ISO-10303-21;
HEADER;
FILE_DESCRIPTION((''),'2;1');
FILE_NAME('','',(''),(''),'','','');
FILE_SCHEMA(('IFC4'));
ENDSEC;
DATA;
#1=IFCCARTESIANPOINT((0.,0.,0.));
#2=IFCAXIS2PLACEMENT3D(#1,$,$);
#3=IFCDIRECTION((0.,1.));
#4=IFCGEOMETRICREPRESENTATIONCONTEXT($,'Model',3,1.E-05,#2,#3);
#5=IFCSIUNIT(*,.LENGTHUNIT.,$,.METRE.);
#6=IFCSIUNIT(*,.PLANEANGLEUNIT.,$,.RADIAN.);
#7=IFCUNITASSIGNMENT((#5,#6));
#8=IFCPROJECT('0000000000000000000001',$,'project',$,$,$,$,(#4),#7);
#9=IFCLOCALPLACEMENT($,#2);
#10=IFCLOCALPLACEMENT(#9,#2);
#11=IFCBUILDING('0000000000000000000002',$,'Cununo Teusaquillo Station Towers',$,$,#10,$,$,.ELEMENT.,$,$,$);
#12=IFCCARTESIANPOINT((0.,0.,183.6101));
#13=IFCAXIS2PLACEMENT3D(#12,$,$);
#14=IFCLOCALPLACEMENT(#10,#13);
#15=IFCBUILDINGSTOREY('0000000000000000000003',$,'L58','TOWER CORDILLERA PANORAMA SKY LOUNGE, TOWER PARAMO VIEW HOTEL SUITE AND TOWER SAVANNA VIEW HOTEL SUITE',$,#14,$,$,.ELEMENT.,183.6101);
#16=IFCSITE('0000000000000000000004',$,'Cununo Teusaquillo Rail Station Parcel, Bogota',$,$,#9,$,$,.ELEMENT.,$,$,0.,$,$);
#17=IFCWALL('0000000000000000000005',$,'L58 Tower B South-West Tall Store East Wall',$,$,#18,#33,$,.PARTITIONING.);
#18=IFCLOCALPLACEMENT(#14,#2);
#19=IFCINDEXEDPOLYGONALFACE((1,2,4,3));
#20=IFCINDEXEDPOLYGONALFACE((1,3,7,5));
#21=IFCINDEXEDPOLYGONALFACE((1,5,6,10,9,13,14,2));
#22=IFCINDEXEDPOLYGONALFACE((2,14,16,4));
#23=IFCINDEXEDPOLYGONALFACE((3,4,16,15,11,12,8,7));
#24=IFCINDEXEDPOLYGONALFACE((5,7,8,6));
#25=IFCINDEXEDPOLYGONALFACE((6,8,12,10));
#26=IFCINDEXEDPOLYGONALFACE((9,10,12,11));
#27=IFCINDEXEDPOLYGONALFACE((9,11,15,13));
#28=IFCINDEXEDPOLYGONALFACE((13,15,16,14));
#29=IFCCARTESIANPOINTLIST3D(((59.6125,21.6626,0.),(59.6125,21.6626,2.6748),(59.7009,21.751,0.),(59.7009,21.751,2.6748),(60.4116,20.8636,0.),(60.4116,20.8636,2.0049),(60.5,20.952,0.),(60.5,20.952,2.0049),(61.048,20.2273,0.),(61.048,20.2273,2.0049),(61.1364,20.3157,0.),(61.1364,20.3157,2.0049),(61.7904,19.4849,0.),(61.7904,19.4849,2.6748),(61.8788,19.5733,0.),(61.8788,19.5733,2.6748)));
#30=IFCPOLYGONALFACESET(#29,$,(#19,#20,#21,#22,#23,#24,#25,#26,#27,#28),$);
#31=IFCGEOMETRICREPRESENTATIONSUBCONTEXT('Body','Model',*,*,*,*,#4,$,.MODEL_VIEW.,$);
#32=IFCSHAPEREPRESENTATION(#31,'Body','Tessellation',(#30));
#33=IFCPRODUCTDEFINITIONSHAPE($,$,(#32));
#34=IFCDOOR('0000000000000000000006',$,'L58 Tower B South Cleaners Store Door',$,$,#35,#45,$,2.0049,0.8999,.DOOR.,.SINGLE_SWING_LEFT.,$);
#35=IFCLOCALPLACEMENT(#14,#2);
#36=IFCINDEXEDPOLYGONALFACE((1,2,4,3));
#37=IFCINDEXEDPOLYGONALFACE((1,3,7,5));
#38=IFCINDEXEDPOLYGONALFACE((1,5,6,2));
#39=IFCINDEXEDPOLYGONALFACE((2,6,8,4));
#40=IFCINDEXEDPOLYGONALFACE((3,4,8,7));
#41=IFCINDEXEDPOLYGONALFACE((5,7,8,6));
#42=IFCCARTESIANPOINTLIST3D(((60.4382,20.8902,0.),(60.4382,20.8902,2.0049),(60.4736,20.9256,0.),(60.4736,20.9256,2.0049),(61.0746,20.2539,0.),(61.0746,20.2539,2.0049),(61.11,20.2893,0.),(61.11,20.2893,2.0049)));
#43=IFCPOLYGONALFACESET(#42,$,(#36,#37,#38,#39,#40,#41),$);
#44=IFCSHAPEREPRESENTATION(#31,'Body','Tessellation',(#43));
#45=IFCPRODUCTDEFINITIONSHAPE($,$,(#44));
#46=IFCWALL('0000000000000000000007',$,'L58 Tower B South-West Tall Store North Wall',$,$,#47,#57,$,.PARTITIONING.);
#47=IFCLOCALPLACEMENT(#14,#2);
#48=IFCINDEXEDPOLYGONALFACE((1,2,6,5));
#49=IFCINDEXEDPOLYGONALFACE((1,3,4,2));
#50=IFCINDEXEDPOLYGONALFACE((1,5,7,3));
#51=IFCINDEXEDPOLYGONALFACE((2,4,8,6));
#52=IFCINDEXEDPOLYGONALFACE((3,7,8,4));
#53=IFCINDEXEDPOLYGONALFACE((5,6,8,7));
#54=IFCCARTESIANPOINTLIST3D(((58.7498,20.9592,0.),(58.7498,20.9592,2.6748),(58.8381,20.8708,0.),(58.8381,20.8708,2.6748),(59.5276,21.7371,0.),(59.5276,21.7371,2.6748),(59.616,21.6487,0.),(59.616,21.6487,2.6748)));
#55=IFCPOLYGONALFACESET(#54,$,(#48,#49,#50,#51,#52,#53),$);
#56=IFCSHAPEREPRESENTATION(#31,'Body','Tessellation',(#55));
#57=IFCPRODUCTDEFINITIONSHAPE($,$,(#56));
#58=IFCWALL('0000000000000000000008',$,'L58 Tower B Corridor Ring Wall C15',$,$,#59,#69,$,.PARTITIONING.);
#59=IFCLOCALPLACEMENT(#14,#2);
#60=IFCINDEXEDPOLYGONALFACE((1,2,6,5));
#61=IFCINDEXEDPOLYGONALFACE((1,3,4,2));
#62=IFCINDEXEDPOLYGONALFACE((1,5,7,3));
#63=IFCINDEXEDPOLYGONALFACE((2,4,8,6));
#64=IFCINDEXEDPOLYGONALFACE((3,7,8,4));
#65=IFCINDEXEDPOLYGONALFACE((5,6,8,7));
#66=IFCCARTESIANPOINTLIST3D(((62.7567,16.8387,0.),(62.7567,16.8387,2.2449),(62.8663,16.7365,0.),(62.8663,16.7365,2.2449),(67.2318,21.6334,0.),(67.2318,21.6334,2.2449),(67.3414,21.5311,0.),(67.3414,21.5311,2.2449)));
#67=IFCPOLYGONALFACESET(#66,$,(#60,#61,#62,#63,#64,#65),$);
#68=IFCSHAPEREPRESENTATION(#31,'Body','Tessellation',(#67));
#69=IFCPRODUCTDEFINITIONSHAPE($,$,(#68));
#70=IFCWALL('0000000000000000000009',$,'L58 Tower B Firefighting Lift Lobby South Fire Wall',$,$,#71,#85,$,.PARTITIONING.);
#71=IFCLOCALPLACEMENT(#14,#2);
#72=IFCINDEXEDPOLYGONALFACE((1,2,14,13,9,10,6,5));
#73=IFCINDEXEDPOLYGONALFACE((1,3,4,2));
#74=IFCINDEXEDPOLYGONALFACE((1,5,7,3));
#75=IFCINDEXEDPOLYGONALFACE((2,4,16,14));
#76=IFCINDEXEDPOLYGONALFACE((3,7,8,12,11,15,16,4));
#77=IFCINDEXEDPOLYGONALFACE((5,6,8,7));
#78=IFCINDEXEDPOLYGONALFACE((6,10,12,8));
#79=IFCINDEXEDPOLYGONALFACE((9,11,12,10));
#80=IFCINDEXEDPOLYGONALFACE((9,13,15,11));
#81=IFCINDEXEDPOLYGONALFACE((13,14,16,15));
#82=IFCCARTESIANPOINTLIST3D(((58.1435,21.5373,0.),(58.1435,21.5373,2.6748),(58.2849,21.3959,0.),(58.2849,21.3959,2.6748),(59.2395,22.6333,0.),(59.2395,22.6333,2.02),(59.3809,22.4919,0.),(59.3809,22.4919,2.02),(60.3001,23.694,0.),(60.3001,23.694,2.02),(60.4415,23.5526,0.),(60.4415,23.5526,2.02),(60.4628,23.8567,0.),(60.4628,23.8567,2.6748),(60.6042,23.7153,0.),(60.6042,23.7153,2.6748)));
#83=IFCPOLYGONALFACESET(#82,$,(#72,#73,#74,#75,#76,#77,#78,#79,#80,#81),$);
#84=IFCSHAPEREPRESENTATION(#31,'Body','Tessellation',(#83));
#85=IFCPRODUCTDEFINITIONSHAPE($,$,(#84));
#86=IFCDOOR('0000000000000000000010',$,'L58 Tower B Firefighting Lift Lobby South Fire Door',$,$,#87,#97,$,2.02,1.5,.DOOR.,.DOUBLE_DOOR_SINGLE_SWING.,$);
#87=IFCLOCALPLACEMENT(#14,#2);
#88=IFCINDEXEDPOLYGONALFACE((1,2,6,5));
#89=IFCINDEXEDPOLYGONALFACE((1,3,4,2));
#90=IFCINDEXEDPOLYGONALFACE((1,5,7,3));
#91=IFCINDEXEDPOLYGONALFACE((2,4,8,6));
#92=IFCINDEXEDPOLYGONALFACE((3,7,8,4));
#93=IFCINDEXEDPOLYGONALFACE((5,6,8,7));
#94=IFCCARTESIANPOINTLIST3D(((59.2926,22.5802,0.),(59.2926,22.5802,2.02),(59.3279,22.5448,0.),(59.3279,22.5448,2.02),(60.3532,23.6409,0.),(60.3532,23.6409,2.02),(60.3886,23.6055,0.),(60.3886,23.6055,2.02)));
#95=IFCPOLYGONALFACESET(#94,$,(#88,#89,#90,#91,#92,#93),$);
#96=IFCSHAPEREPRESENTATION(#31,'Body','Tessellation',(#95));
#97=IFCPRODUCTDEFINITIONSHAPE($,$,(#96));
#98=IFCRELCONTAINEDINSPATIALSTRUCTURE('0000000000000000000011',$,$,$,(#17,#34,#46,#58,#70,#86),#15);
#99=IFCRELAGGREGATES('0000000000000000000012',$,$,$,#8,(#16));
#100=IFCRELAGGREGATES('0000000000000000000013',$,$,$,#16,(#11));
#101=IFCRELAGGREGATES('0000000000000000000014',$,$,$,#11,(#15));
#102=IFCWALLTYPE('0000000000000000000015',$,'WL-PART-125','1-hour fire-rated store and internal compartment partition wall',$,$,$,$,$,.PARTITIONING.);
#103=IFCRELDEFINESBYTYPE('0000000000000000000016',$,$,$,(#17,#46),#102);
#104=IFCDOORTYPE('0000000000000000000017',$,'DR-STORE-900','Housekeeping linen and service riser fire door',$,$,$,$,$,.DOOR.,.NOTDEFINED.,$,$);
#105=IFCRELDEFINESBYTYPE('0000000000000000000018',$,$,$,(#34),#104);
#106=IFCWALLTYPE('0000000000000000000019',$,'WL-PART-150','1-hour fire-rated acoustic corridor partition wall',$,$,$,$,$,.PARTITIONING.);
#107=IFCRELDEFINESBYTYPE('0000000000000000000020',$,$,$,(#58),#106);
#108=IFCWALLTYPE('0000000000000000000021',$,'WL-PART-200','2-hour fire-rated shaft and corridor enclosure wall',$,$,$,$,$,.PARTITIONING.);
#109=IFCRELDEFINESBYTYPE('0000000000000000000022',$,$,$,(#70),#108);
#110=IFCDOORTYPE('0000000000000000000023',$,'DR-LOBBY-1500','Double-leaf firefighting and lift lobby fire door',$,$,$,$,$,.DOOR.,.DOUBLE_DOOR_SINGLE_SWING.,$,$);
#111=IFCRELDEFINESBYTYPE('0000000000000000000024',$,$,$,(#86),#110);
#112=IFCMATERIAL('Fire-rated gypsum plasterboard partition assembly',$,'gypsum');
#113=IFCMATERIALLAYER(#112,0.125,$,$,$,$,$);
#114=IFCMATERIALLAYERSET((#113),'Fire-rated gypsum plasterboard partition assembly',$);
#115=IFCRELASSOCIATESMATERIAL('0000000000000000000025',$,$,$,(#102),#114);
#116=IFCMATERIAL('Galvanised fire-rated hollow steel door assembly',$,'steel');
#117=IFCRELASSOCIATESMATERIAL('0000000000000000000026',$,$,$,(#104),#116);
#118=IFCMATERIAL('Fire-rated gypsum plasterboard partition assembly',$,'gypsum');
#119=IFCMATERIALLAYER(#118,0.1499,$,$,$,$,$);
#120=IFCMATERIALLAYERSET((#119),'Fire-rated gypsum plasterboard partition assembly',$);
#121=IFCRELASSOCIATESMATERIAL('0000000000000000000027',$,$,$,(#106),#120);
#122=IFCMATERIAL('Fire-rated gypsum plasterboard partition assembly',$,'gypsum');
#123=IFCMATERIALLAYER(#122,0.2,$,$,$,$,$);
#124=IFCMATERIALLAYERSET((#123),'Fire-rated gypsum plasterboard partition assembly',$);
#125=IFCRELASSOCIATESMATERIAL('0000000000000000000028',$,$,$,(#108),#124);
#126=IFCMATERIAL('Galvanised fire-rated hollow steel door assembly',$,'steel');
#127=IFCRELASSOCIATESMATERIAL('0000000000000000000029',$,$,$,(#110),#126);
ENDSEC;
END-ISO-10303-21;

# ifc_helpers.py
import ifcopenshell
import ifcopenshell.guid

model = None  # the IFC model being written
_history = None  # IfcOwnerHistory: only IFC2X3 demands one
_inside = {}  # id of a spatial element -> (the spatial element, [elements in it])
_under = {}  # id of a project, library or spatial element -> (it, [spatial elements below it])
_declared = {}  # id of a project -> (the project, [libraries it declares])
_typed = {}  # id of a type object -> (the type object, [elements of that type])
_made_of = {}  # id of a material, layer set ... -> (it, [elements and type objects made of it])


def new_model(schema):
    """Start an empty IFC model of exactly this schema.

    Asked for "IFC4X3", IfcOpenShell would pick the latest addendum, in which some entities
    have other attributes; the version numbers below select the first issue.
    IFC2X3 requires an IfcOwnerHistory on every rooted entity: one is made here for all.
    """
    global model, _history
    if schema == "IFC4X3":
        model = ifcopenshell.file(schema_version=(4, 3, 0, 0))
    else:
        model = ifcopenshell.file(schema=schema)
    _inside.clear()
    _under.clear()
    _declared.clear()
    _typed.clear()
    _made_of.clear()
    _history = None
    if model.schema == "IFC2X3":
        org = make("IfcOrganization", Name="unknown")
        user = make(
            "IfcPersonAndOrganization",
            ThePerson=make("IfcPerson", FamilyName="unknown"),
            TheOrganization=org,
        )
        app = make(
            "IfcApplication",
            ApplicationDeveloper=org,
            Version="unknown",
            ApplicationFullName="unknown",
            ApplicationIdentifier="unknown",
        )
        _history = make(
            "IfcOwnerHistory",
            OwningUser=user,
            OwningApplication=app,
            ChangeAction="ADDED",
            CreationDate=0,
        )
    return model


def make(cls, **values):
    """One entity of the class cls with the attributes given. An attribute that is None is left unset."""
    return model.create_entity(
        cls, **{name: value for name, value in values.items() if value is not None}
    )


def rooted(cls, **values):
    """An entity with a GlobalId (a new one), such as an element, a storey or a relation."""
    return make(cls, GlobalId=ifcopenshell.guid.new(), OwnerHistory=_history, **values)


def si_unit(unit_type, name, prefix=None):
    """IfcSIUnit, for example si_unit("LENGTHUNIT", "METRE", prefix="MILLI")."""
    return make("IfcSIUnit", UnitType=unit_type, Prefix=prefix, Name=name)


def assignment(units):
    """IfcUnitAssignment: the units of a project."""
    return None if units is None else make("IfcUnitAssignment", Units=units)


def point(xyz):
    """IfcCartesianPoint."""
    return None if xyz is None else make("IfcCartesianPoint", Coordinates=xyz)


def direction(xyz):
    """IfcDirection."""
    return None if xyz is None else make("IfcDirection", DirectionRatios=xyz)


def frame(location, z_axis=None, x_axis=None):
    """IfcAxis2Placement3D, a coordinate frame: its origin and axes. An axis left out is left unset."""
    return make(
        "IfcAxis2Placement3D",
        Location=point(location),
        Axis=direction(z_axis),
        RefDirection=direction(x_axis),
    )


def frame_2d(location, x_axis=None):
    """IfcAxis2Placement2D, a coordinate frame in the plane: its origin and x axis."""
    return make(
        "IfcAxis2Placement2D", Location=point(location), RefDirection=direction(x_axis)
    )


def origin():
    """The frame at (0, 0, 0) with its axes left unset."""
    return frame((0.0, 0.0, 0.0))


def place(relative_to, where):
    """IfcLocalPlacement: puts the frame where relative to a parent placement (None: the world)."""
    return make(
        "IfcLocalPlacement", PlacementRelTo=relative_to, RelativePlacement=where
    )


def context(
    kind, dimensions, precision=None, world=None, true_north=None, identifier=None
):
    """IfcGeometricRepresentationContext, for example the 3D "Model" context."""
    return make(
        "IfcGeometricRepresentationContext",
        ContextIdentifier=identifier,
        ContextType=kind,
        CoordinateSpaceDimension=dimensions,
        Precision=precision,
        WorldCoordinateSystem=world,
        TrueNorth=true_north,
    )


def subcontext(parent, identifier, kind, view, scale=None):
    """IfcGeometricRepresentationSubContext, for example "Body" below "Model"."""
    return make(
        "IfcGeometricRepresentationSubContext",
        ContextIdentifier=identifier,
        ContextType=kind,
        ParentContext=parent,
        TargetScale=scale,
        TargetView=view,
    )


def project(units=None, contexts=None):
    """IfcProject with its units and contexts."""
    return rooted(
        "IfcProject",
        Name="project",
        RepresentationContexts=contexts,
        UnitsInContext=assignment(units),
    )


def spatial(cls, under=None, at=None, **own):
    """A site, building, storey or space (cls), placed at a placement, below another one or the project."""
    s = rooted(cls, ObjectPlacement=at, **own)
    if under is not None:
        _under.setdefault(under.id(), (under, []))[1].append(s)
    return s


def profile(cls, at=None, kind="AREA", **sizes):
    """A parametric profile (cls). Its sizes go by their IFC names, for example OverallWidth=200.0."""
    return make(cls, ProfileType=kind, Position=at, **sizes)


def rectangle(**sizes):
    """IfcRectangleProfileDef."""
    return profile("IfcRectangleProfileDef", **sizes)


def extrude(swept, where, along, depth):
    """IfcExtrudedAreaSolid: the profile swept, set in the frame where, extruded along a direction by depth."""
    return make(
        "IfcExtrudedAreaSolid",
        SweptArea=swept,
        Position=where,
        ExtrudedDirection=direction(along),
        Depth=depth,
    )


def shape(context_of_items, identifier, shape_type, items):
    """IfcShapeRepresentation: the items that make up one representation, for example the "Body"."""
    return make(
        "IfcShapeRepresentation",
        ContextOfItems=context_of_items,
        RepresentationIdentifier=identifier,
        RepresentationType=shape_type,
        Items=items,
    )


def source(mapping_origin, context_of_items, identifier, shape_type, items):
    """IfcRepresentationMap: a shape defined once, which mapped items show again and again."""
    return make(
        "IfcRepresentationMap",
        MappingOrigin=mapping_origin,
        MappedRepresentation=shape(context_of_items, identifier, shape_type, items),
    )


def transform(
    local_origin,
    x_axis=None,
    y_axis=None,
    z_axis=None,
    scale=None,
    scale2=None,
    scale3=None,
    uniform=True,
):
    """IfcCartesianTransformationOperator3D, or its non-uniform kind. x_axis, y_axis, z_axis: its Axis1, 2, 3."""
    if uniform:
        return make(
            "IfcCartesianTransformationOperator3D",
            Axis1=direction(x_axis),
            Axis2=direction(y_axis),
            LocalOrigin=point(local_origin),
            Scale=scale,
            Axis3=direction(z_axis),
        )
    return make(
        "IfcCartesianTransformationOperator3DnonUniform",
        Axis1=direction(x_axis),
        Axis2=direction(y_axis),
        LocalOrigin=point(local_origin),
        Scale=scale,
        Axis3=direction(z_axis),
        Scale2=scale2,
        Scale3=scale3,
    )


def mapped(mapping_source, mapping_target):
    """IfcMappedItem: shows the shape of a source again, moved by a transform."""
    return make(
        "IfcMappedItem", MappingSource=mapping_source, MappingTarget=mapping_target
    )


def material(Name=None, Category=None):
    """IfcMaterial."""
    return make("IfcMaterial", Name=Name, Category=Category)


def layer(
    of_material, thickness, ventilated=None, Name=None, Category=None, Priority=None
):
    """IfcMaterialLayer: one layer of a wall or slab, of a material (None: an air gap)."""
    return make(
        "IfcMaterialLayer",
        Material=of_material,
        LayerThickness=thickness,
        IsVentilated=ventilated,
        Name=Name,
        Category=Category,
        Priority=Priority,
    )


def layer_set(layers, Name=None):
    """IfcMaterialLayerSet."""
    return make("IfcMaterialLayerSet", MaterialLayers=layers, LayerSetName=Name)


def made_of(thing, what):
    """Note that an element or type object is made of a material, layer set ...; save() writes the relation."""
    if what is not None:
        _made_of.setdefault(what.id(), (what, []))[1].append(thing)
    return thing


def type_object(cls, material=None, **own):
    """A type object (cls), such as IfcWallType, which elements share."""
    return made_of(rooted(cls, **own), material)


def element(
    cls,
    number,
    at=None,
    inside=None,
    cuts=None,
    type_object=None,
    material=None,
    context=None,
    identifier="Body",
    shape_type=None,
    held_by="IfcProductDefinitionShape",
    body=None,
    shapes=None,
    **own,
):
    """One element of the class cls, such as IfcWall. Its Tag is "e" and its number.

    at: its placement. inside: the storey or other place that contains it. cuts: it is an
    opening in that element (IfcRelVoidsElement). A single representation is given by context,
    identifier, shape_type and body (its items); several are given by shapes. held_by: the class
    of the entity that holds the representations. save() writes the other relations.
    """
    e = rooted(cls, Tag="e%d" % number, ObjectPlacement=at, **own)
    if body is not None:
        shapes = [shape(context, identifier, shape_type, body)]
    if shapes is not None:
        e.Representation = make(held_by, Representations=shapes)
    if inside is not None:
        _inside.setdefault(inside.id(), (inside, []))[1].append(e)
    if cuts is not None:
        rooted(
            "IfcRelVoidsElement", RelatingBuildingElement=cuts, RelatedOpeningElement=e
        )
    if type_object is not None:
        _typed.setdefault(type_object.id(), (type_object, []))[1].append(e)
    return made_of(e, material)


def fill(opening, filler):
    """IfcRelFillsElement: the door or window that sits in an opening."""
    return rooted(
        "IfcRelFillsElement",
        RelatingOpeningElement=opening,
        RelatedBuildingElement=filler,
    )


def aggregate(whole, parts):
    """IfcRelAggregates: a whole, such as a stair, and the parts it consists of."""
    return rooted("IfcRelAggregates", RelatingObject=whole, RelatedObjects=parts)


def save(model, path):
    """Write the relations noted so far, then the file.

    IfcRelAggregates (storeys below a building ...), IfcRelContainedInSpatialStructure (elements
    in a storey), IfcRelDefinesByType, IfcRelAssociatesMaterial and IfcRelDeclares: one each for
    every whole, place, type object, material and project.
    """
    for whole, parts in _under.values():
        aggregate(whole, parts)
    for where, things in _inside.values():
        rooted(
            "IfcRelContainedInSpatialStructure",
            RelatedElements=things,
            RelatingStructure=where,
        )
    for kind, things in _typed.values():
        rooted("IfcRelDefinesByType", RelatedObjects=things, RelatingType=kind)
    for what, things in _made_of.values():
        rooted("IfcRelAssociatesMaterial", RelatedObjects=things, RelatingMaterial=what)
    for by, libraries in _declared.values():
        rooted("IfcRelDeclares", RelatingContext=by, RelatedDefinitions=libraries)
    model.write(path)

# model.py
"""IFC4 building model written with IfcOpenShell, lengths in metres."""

from ifc_helpers import new_model, si_unit, direction, frame, frame_2d, origin, place, context, subcontext, project, spatial, rectangle, extrude, source, transform, mapped, material, layer, layer_set, type_object, element, fill, save


model = new_model("IFC4")

# Units and contexts
model_context = context("Model", 3, precision=1e-05, world=origin(), true_north=direction((0.0, 1.0)))
body_context = subcontext(model_context, "Body", "Model", "MODEL_VIEW")
ifc_project = project(units=[si_unit("LENGTHUNIT", "METRE"), si_unit("PLANEANGLEUNIT", "RADIAN")], contexts=[model_context])

# Site, building, storey
site_placement = place(None, origin())
site = spatial("IfcSite", under=ifc_project, at=site_placement, Name="Cununo Teusaquillo Rail Station Parcel, Bogota", CompositionType="ELEMENT", RefElevation=0.0)
building_placement = place(site_placement, origin())
building = spatial("IfcBuilding", under=site, at=building_placement, Name="Cununo Teusaquillo Station Towers", CompositionType="ELEMENT")
storey_placement = place(building_placement, frame((0.0, 0.0, 183.6101)))
storey = spatial("IfcBuildingStorey", under=building, at=storey_placement, Name="L58", Description="TOWER CORDILLERA PANORAMA SKY LOUNGE, TOWER PARAMO VIEW HOTEL SUITE AND TOWER SAVANNA VIEW HOTEL SUITE", CompositionType="ELEMENT", Elevation=183.6101)

# Wall, opening, door
ifc_material_1 = material(Name="Fire-rated gypsum plasterboard partition assembly", Category="gypsum")
ifc_layer_1 = layer(ifc_material_1, 0.125)
ifc_layer_set_1 = layer_set([ifc_layer_1], Name="Fire-rated gypsum plasterboard partition assembly")
wall_type_1 = type_object("IfcWallType", Name="WL-PART-125", Description="1-hour fire-rated store and internal compartment partition wall", PredefinedType="PARTITIONING", material=ifc_layer_set_1)
wall_1_placement = place(storey_placement, frame((61.8347, 19.5291, 0.0), z_axis=(0.0, 0.0, 1.0), x_axis=(-0.707146, 0.707067, 0.0)))
wall_1 = element("IfcWall", 1, at=wall_1_placement, inside=storey, type_object=wall_type_1, Name="L58 Tower B South-West Tall Store East Wall", PredefinedType="PARTITIONING", context=body_context, shape_type="SweptSolid", body=[
    extrude(rectangle(XDim=3.0798, YDim=0.125, at=frame_2d((1.54, 0.0))), origin(), (0.0, 0.0, 1.0), 2.6748),
])
shared_shape_1 = source(origin(), body_context, "Body", "SweptSolid", [
    extrude(rectangle(XDim=0.8999, YDim=2.0049, at=frame_2d((0.45, 1.0024))), frame((0.0, 0.0725, 0.0), z_axis=(0.0, -1.0, 0.0), x_axis=(1.0, 0.0, 0.0)), (0.0, 0.0, 1.0), 0.145),
])
opening_1_placement = place(wall_1_placement, frame((1.05, 0.0, 0.0)))
opening_1 = element("IfcOpeningElement", 2, at=opening_1_placement, cuts=wall_1, PredefinedType="OPENING", context=body_context, shape_type="MappedRepresentation", body=[
    mapped(shared_shape_1, transform((0.0, 0.0, 0.0), x_axis=(1.0, 0.0, 0.0), y_axis=(0.0, 1.0, 0.0), z_axis=(0.0, 0.0, 1.0), scale=1.0)),
])
ifc_material_2 = material(Name="Galvanised fire-rated hollow steel door assembly", Category="steel")
door_type_1 = type_object("IfcDoorType", Name="DR-STORE-900", Description="Housekeeping linen and service riser fire door", OperationType="NOTDEFINED", PredefinedType="DOOR", material=ifc_material_2)
shared_shape_2 = source(origin(), body_context, "Body", "SweptSolid", [
    extrude(rectangle(XDim=0.8999, YDim=2.0049, at=frame_2d((0.45, 1.0024))), frame((0.0, 0.0249, 0.0), z_axis=(0.0, -1.0, 0.0), x_axis=(1.0, 0.0, 0.0)), (0.0, 0.0, 1.0), 0.05),
])
door_1_placement = place(opening_1_placement, origin())
door_1 = element("IfcDoor", 3, at=door_1_placement, inside=storey, type_object=door_type_1, Name="L58 Tower B South Cleaners Store Door", OperationType="SINGLE_SWING_LEFT", OverallHeight=2.0049, OverallWidth=0.8999, PredefinedType="DOOR", context=body_context, shape_type="MappedRepresentation", body=[
    mapped(shared_shape_2, transform((0.0, 0.0, 0.0), x_axis=(1.0, 0.0, 0.0), y_axis=(0.0, 1.0, 0.0), z_axis=(0.0, 0.0, 1.0), scale=1.0)),
])
fill(opening_1, door_1)

# Walls
wall_2_placement = place(storey_placement, frame((58.7939, 20.915, 0.0), z_axis=(0.0, 0.0, 1.0), x_axis=(0.707107, 0.707107, 0.0)))
element("IfcWall", 4, at=wall_2_placement, inside=storey, type_object=wall_type_1, Name="L58 Tower B South-West Tall Store North Wall", PredefinedType="PARTITIONING", context=body_context, shape_type="SweptSolid", body=[
    extrude(rectangle(XDim=1.1001, YDim=0.125, at=frame_2d((0.55, 0.0))), origin(), (0.0, 0.0, 1.0), 2.6748),
])
ifc_material_3 = material(Name="Fire-rated gypsum plasterboard partition assembly", Category="gypsum")
ifc_layer_2 = layer(ifc_material_3, 0.1499)
ifc_layer_set_2 = layer_set([ifc_layer_2], Name="Fire-rated gypsum plasterboard partition assembly")
wall_type_2 = type_object("IfcWallType", Name="WL-PART-150", Description="1-hour fire-rated acoustic corridor partition wall", PredefinedType="PARTITIONING", material=ifc_layer_set_2)
wall_3_placement = place(storey_placement, frame((62.8115, 16.7876, 0.0), z_axis=(0.0, 0.0, 1.0), x_axis=(0.682324, 0.73105, 0.0)))
element("IfcWall", 5, at=wall_3_placement, inside=storey, type_object=wall_type_2, Name="L58 Tower B Corridor Ring Wall C15", PredefinedType="PARTITIONING", context=body_context, shape_type="SweptSolid", body=[
    extrude(rectangle(XDim=6.5586, YDim=0.1499, at=frame_2d((3.2793, 0.0))), origin(), (0.0, 0.0, 1.0), 2.2449),
])

# Wall, opening, door
ifc_material_4 = material(Name="Fire-rated gypsum plasterboard partition assembly", Category="gypsum")
ifc_layer_3 = layer(ifc_material_4, 0.2)
ifc_layer_set_3 = layer_set([ifc_layer_3], Name="Fire-rated gypsum plasterboard partition assembly")
wall_type_3 = type_object("IfcWallType", Name="WL-PART-200", Description="2-hour fire-rated shaft and corridor enclosure wall", PredefinedType="PARTITIONING", material=ifc_layer_set_3)
wall_4_placement = place(storey_placement, frame((58.2141, 21.4666, 0.0), z_axis=(0.0, 0.0, 1.0), x_axis=(0.707107, 0.707107, 0.0)))
wall_4 = element("IfcWall", 6, at=wall_4_placement, inside=storey, type_object=wall_type_3, Name="L58 Tower B Firefighting Lift Lobby South Fire Wall", PredefinedType="PARTITIONING", context=body_context, shape_type="SweptSolid", body=[
    extrude(rectangle(XDim=3.28, YDim=0.2, at=frame_2d((1.6401, 0.0))), origin(), (0.0, 0.0, 1.0), 2.6748),
])
shared_shape_3 = source(origin(), body_context, "Body", "SweptSolid", [
    extrude(rectangle(XDim=1.5, YDim=2.02, at=frame_2d((0.75, 1.01))), frame((0.0, 0.1099, 0.0), z_axis=(0.0, -1.0, 0.0), x_axis=(1.0, 0.0, 0.0)), (0.0, 0.0, 1.0), 0.22),
])
opening_2_placement = place(wall_4_placement, frame((1.55, 0.0, 0.0)))
opening_2 = element("IfcOpeningElement", 7, at=opening_2_placement, cuts=wall_4, PredefinedType="OPENING", context=body_context, shape_type="MappedRepresentation", body=[
    mapped(shared_shape_3, transform((0.0, 0.0, 0.0), x_axis=(1.0, 0.0, 0.0), y_axis=(0.0, 1.0, 0.0), z_axis=(0.0, 0.0, 1.0), scale=1.0)),
])
ifc_material_5 = material(Name="Galvanised fire-rated hollow steel door assembly", Category="steel")
door_type_2 = type_object("IfcDoorType", Name="DR-LOBBY-1500", Description="Double-leaf firefighting and lift lobby fire door", OperationType="DOUBLE_DOOR_SINGLE_SWING", PredefinedType="DOOR", material=ifc_material_5)
shared_shape_4 = source(origin(), body_context, "Body", "SweptSolid", [
    extrude(rectangle(XDim=1.5, YDim=2.02, at=frame_2d((0.75, 1.01))), frame((0.0, 0.0249, 0.0), z_axis=(0.0, -1.0, 0.0), x_axis=(1.0, 0.0, 0.0)), (0.0, 0.0, 1.0), 0.05),
])
door_2_placement = place(opening_2_placement, origin())
door_2 = element("IfcDoor", 8, at=door_2_placement, inside=storey, type_object=door_type_2, Name="L58 Tower B Firefighting Lift Lobby South Fire Door", OperationType="DOUBLE_DOOR_SINGLE_SWING", OverallHeight=2.02, OverallWidth=1.5, PredefinedType="DOOR", context=body_context, shape_type="MappedRepresentation", body=[
    mapped(shared_shape_4, transform((0.0, 0.0, 0.0), x_axis=(1.0, 0.0, 0.0), y_axis=(0.0, 1.0, 0.0), z_axis=(0.0, 0.0, 1.0), scale=1.0)),
])
fill(opening_2, door_2)

save(model, "model.ifc")
